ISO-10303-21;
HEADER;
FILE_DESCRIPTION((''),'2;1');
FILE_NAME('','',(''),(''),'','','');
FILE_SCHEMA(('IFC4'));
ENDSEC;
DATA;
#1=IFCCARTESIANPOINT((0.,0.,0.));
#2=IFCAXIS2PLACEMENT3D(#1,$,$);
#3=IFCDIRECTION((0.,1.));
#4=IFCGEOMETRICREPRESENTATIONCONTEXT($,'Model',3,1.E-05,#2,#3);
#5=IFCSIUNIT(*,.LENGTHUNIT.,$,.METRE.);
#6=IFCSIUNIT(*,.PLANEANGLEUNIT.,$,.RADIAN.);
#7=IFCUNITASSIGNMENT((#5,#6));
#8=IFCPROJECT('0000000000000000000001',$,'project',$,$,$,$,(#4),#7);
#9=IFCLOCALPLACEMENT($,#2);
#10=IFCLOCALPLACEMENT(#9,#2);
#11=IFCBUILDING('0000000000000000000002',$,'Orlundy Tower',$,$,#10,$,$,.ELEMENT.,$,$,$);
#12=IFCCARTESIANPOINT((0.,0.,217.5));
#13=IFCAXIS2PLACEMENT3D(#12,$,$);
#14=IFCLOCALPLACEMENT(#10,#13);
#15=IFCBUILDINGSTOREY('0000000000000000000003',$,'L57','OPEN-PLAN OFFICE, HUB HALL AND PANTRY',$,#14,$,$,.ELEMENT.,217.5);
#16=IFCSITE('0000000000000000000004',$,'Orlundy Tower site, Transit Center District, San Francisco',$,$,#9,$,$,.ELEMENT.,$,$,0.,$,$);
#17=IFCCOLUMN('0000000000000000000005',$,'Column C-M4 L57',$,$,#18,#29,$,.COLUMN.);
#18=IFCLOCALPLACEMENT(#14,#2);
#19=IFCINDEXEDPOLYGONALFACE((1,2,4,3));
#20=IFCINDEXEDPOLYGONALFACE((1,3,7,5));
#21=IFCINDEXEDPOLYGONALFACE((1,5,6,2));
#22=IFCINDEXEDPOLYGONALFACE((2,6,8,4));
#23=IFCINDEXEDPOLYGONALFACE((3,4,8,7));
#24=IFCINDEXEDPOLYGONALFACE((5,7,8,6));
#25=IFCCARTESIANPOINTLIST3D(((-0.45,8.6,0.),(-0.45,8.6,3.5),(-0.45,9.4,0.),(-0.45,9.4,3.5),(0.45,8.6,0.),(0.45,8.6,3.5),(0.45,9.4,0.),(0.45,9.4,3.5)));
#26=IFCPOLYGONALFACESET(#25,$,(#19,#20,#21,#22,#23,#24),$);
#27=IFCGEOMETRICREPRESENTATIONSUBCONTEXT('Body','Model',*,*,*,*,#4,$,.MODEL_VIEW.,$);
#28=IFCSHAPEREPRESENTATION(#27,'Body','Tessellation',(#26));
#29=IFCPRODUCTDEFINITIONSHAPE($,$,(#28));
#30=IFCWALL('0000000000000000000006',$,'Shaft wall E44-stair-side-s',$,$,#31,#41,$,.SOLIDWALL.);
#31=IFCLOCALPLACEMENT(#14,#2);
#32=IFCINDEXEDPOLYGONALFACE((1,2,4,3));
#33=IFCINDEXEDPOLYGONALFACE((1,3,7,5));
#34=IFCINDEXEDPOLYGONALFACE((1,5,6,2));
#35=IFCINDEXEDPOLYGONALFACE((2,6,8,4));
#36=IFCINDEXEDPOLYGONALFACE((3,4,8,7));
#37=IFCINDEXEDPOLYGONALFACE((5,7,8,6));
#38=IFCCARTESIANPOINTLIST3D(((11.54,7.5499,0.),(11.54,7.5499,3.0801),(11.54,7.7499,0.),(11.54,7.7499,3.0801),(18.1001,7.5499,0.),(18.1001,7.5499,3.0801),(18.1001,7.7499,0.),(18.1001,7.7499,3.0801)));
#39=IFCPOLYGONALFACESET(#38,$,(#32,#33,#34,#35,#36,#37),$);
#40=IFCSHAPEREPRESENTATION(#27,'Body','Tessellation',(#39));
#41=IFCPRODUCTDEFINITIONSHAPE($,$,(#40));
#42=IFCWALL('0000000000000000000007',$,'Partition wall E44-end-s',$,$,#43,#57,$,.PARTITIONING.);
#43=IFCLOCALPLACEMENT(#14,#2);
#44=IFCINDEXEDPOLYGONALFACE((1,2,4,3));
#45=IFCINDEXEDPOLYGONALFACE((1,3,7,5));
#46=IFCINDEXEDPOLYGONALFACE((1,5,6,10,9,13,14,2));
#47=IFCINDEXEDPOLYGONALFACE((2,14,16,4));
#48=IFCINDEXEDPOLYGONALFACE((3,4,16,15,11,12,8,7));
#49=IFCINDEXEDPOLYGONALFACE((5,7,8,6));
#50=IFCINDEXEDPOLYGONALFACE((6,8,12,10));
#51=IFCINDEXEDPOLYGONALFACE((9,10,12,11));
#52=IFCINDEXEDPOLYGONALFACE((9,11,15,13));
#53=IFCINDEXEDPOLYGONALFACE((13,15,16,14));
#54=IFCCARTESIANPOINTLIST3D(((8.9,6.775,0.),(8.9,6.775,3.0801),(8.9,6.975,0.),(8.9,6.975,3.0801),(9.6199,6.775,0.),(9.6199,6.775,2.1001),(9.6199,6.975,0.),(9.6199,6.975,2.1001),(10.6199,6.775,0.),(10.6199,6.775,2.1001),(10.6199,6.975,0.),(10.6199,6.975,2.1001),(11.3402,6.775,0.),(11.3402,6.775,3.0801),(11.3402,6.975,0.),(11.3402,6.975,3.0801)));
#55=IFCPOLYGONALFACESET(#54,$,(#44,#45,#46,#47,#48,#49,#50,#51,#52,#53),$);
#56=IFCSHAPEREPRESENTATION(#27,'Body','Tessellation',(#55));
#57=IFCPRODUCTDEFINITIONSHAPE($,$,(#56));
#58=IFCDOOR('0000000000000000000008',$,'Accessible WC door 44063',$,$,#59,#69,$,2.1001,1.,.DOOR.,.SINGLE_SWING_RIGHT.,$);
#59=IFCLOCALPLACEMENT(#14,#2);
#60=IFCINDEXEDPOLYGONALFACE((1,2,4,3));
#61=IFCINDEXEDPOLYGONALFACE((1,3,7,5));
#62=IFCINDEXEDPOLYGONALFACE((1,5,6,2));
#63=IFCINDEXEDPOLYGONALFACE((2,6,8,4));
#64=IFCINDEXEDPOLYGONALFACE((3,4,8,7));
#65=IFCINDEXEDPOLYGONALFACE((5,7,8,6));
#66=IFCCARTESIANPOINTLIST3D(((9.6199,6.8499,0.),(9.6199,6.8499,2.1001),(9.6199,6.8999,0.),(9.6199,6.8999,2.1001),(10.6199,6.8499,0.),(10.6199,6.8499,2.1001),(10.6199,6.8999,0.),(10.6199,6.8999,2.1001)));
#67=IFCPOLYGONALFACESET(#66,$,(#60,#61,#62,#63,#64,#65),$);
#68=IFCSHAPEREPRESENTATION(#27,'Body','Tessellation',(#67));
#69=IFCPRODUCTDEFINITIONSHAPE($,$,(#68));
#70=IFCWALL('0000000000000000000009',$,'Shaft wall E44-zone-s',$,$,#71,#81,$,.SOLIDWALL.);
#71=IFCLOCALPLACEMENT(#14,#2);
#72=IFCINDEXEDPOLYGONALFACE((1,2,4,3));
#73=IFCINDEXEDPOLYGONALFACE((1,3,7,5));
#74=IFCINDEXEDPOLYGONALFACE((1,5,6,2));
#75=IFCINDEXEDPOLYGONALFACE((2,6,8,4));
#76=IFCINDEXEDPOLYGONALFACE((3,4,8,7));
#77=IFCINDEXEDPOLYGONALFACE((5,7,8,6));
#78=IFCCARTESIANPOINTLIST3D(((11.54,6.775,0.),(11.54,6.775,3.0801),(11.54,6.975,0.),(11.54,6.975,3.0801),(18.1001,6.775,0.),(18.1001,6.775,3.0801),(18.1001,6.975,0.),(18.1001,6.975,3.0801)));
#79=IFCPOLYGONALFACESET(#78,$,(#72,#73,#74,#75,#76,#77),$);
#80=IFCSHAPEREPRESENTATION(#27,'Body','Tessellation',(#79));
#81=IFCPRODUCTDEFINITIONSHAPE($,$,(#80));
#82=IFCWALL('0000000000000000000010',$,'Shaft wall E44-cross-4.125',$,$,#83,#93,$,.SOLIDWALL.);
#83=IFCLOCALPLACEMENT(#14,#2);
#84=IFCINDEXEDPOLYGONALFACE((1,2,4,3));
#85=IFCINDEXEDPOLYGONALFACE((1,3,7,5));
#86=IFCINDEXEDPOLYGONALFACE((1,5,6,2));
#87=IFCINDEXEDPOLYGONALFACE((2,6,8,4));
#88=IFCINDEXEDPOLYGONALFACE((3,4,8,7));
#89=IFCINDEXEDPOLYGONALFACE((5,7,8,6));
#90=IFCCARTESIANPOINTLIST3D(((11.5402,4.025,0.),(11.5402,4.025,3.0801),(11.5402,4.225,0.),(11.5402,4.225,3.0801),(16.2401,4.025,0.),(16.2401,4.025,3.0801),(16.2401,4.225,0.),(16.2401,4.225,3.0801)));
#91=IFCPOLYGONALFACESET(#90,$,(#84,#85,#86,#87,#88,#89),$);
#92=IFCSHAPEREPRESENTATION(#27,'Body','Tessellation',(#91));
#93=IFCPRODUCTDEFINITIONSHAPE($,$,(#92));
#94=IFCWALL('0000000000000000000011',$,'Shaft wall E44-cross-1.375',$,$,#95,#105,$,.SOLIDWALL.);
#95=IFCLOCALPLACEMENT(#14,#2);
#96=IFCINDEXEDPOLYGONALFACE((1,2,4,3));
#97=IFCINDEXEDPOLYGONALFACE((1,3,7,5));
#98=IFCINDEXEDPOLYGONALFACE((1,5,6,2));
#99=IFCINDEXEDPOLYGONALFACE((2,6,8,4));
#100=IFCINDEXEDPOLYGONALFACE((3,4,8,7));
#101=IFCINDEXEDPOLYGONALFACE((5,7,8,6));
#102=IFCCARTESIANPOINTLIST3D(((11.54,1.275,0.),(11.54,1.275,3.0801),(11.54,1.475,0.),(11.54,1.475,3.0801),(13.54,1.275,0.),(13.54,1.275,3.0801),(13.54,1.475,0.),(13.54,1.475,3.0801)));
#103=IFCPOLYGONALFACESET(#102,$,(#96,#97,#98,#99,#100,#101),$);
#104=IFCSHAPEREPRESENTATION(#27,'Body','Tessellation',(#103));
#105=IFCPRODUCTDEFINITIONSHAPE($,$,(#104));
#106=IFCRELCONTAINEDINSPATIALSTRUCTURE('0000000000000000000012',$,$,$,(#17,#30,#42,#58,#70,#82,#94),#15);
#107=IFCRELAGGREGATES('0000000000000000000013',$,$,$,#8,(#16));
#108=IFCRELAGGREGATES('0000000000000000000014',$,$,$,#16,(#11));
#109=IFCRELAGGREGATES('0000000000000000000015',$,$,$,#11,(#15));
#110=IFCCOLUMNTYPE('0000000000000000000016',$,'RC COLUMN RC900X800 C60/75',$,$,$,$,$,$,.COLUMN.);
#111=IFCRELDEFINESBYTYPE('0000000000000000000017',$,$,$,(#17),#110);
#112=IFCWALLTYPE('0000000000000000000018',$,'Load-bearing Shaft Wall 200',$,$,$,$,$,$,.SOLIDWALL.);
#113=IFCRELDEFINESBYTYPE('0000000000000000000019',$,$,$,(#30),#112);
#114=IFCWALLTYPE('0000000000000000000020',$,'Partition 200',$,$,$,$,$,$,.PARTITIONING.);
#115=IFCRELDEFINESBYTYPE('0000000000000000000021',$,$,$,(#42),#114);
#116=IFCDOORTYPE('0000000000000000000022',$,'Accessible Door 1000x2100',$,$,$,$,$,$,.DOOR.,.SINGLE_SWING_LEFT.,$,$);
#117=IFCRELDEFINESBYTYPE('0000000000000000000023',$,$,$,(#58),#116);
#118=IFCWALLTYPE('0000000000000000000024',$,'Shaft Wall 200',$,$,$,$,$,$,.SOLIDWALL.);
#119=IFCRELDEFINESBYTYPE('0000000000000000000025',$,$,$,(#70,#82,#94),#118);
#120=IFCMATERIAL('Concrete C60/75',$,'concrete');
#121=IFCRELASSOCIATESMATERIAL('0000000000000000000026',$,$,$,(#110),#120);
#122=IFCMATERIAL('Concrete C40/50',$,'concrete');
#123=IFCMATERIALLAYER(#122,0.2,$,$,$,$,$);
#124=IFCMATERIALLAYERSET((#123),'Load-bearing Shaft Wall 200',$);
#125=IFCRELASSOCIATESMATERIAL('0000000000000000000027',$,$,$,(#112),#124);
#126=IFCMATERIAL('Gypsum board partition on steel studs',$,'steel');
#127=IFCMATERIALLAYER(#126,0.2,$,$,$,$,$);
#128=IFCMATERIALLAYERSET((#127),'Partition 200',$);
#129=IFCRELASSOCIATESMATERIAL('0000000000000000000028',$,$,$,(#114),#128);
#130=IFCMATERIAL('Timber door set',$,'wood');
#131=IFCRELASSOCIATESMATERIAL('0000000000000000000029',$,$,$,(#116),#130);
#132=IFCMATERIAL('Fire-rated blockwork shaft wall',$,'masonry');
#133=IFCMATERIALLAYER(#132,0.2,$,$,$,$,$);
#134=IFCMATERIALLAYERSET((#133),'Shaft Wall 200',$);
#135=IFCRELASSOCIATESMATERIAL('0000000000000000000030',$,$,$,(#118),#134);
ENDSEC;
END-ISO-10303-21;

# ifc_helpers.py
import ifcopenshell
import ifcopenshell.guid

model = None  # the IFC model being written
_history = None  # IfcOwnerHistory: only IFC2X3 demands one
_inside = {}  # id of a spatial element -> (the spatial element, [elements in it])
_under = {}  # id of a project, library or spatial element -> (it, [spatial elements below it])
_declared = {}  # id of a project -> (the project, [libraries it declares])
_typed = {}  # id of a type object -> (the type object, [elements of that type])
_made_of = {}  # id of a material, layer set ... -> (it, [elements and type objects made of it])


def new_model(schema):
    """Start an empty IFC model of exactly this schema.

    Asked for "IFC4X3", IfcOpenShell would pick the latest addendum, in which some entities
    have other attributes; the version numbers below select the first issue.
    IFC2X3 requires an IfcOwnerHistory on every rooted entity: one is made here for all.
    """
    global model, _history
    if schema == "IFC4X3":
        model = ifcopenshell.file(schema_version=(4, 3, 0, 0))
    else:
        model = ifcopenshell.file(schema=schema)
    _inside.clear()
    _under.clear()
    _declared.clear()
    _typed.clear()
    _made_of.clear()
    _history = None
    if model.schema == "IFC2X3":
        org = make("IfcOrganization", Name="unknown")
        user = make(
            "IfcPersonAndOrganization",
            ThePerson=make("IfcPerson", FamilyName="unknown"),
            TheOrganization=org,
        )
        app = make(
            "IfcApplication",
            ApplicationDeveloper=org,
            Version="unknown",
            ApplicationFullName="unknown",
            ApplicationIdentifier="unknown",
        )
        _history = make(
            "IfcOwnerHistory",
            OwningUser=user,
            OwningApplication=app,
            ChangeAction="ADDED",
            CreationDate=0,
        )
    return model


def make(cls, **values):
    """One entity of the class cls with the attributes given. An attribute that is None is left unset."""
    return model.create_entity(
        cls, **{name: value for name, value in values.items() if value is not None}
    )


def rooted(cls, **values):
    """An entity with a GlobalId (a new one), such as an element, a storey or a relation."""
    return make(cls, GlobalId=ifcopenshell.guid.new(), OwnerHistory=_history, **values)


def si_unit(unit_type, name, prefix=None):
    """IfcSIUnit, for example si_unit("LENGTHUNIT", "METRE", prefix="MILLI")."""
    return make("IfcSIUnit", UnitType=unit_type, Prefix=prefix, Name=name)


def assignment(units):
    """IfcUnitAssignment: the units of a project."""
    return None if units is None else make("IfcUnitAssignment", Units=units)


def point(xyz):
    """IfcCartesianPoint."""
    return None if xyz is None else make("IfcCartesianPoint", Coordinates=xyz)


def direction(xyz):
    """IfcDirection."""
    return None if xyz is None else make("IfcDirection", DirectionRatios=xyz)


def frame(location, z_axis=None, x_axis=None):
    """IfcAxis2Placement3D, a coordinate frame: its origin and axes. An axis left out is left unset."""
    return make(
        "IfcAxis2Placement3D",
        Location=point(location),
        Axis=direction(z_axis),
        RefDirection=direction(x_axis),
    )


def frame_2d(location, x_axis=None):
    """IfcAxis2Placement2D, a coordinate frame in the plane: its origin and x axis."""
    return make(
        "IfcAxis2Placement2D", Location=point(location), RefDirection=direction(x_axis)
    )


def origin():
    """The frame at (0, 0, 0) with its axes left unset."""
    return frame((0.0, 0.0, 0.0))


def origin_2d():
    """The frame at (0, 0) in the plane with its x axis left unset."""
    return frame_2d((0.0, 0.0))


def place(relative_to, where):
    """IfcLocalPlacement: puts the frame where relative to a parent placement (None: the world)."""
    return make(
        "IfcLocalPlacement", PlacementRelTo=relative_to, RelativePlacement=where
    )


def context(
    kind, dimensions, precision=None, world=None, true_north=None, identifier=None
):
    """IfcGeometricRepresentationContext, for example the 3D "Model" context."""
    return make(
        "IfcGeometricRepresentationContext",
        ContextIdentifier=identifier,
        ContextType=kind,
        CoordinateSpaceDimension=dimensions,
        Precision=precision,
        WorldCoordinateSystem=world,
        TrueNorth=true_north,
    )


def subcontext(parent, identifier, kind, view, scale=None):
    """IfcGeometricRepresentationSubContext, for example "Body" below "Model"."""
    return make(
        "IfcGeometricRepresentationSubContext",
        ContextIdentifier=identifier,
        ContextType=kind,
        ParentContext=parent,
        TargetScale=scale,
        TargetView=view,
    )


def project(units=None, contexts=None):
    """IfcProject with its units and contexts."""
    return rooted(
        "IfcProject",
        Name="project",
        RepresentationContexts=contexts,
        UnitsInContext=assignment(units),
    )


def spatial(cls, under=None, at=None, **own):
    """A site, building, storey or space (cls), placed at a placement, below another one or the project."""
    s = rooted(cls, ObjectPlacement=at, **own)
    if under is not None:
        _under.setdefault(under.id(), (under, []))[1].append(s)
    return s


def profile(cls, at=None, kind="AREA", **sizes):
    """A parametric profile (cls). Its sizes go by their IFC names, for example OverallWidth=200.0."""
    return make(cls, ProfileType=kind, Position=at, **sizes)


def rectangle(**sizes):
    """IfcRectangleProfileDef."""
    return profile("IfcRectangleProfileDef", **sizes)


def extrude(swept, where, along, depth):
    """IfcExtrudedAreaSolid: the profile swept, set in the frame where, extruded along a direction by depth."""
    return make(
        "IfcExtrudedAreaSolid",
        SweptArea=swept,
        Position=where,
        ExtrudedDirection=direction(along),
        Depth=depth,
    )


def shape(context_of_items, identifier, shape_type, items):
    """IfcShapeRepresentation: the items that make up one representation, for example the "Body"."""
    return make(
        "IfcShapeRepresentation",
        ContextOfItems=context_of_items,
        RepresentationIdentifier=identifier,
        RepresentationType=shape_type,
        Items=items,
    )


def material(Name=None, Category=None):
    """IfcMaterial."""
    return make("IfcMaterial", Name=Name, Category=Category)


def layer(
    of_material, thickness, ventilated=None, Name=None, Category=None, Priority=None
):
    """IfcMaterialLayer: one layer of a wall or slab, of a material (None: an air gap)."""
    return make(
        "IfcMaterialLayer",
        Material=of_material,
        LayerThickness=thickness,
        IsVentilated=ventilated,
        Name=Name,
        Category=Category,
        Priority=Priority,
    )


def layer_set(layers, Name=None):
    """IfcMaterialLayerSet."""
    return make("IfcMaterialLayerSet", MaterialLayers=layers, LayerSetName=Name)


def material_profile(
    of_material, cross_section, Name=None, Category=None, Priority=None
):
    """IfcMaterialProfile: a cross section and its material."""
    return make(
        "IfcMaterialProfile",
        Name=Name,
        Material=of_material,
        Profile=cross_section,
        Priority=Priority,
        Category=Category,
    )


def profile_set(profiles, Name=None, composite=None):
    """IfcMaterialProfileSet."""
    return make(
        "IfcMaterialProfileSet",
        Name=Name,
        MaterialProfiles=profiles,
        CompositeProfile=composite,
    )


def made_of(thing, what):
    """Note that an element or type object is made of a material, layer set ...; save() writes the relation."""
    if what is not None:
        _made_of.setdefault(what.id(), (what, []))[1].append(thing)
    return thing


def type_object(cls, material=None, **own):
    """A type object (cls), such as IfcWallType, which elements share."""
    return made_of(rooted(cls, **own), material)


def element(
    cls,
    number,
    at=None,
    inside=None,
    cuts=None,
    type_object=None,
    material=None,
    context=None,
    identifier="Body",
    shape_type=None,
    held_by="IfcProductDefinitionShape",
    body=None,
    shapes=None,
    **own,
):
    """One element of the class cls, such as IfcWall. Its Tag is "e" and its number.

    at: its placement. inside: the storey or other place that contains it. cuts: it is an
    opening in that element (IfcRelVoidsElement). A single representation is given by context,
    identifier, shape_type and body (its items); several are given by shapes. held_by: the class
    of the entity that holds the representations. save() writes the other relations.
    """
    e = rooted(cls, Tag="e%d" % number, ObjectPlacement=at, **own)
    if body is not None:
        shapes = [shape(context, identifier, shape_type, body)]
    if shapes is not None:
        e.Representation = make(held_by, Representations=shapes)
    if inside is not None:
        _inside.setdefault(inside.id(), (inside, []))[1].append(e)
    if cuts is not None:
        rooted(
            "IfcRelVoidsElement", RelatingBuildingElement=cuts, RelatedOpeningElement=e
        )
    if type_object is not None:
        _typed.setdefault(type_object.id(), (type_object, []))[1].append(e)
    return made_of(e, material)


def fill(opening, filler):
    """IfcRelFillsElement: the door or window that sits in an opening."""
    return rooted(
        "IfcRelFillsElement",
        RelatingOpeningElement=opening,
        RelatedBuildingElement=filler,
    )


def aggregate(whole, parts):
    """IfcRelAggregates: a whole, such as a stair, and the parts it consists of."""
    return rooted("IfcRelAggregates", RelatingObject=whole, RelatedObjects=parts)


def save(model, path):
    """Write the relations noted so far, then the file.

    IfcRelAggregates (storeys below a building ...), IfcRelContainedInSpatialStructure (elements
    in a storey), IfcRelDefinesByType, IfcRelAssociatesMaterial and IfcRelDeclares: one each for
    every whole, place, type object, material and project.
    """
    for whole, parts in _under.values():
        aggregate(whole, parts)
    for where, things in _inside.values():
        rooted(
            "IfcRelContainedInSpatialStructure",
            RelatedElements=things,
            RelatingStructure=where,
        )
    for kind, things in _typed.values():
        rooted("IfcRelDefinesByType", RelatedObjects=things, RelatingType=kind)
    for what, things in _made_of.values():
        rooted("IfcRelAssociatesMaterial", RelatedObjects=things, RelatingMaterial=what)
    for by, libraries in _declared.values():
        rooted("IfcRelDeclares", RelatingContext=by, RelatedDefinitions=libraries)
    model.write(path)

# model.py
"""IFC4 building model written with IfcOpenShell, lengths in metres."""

from ifc_helpers import new_model, si_unit, direction, frame, frame_2d, origin, origin_2d, place, context, subcontext, project, spatial, rectangle, extrude, material, layer, layer_set, material_profile, profile_set, type_object, element, fill, save


model = new_model("IFC4")

# Units and contexts
model_context = context("Model", 3, precision=1e-05, world=origin(), true_north=direction((0.0, 1.0)))
body_context = subcontext(model_context, "Body", "Model", "MODEL_VIEW")
ifc_project = project(units=[si_unit("LENGTHUNIT", "METRE"), si_unit("PLANEANGLEUNIT", "RADIAN")], contexts=[model_context])

# Site, building, storey
site_placement = place(None, origin())
site = spatial("IfcSite", under=ifc_project, at=site_placement, Name="Orlundy Tower site, Transit Center District, San Francisco", CompositionType="ELEMENT", RefElevation=0.0)
building_placement = place(site_placement, origin())
building = spatial("IfcBuilding", under=site, at=building_placement, Name="Orlundy Tower", CompositionType="ELEMENT")
storey_placement = place(building_placement, frame((0.0, 0.0, 217.5)))
storey = spatial("IfcBuildingStorey", under=building, at=storey_placement, Name="L57", Description="OPEN-PLAN OFFICE, HUB HALL AND PANTRY", CompositionType="ELEMENT", Elevation=217.5)

# Column
ifc_material_1 = material(Name="Concrete C60/75", Category="concrete")
ifc_material_profile = material_profile(ifc_material_1, rectangle(XDim=0.8999, YDim=0.8, at=origin_2d()), Name="RC900X800")
ifc_profile_set = profile_set([ifc_material_profile], Name="Concrete C60/75")
column_type = type_object("IfcColumnType", Name="RC COLUMN RC900X800 C60/75", PredefinedType="COLUMN", material=ifc_profile_set)
column_placement = place(storey_placement, frame((0.0, 9.0, 0.0), z_axis=(0.0, 0.0, 1.0), x_axis=(1.0, 0.0, 0.0)))
element("IfcColumn", 1, at=column_placement, inside=storey, type_object=column_type, Name="Column C-M4 L57", PredefinedType="COLUMN", context=body_context, shape_type="SweptSolid", body=[
    extrude(rectangle(XDim=0.8999, YDim=0.8, at=origin_2d()), origin(), (0.0, 0.0, 1.0), 3.5),
])

# Wall
ifc_material_2 = material(Name="Concrete C40/50", Category="concrete")
ifc_layer_1 = layer(ifc_material_2, 0.2)
ifc_layer_set_1 = layer_set([ifc_layer_1], Name="Load-bearing Shaft Wall 200")
wall_type_1 = type_object("IfcWallType", Name="Load-bearing Shaft Wall 200", PredefinedType="SOLIDWALL", material=ifc_layer_set_1)
wall_1_placement = place(storey_placement, frame((11.54, 7.6499, 0.0), z_axis=(0.0, 0.0, 1.0), x_axis=(1.0, 0.0, 0.0)))
element("IfcWall", 2, at=wall_1_placement, inside=storey, type_object=wall_type_1, Name="Shaft wall E44-stair-side-s", PredefinedType="SOLIDWALL", context=body_context, shape_type="SweptSolid", body=[
    extrude(rectangle(XDim=6.5601, YDim=0.2, at=frame_2d((3.28, 0.0))), origin(), (0.0, 0.0, 1.0), 3.0801),
])

# Wall, opening, door
ifc_material_3 = material(Name="Gypsum board partition on steel studs", Category="steel")
ifc_layer_2 = layer(ifc_material_3, 0.2)
ifc_layer_set_2 = layer_set([ifc_layer_2], Name="Partition 200")
wall_type_2 = type_object("IfcWallType", Name="Partition 200", PredefinedType="PARTITIONING", material=ifc_layer_set_2)
wall_2_placement = place(storey_placement, frame((8.8999, 6.875, 0.0), z_axis=(0.0, 0.0, 1.0), x_axis=(1.0, 0.0, 0.0)))
wall_2 = element("IfcWall", 3, at=wall_2_placement, inside=storey, type_object=wall_type_2, Name="Partition wall E44-end-s", PredefinedType="PARTITIONING", context=body_context, shape_type="SweptSolid", body=[
    extrude(rectangle(XDim=2.4402, YDim=0.2, at=frame_2d((1.2202, 0.0))), origin(), (0.0, 0.0, 1.0), 3.0801),
])
opening_1_placement = place(wall_2_placement, frame((0.72, 0.0, 0.0)))
opening_1 = element("IfcOpeningElement", 4, at=opening_1_placement, cuts=wall_2, PredefinedType="OPENING", context=body_context, shape_type="SweptSolid", body=[
    extrude(rectangle(XDim=1.0, YDim=2.1001, at=frame_2d((0.5, 1.05))), frame((0.0, 0.1101, 0.0), z_axis=(0.0, -1.0, 0.0), x_axis=(1.0, 0.0, 0.0)), (0.0, 0.0, 1.0), 0.2202),
])
ifc_material_4 = material(Name="Timber door set", Category="wood")
door_type_1 = type_object("IfcDoorType", Name="Accessible Door 1000x2100", OperationType="SINGLE_SWING_LEFT", PredefinedType="DOOR", material=ifc_material_4)
door_1_placement = place(opening_1_placement, origin())
door_1 = element("IfcDoor", 5, at=door_1_placement, inside=storey, type_object=door_type_1, Name="Accessible WC door 44063", OperationType="SINGLE_SWING_RIGHT", OverallHeight=2.1001, OverallWidth=1.0, PredefinedType="DOOR", context=body_context, shape_type="SweptSolid", body=[
    extrude(rectangle(XDim=1.0, YDim=2.1001, at=frame_2d((0.5, 1.05))), frame((0.0, 0.0249, 0.0), z_axis=(0.0, -1.0, 0.0), x_axis=(1.0, 0.0, 0.0)), (0.0, 0.0, 1.0), 0.05),
])
fill(opening_1, door_1)

# Walls
ifc_material_5 = material(Name="Fire-rated blockwork shaft wall", Category="masonry")
ifc_layer_3 = layer(ifc_material_5, 0.2)
ifc_layer_set_3 = layer_set([ifc_layer_3], Name="Shaft Wall 200")
wall_type_3 = type_object("IfcWallType", Name="Shaft Wall 200", PredefinedType="SOLIDWALL", material=ifc_layer_set_3)
wall_3_placement = place(storey_placement, frame((11.54, 6.875, 0.0), z_axis=(0.0, 0.0, 1.0), x_axis=(1.0, 0.0, 0.0)))
element("IfcWall", 6, at=wall_3_placement, inside=storey, type_object=wall_type_3, Name="Shaft wall E44-zone-s", PredefinedType="SOLIDWALL", context=body_context, shape_type="SweptSolid", body=[
    extrude(rectangle(XDim=6.5601, YDim=0.2, at=frame_2d((3.28, 0.0))), origin(), (0.0, 0.0, 1.0), 3.0801),
])
wall_4_placement = place(storey_placement, frame((11.54, 4.125, 0.0), z_axis=(0.0, 0.0, 1.0), x_axis=(1.0, 0.0, 0.0)))
element("IfcWall", 7, at=wall_4_placement, inside=storey, type_object=wall_type_3, Name="Shaft wall E44-cross-4.125", PredefinedType="SOLIDWALL", context=body_context, shape_type="SweptSolid", body=[
    extrude(rectangle(XDim=4.7, YDim=0.2, at=frame_2d((2.3501, 0.0))), origin(), (0.0, 0.0, 1.0), 3.0801),
])
wall_5_placement = place(storey_placement, frame((11.54, 1.375, 0.0), z_axis=(0.0, 0.0, 1.0), x_axis=(1.0, 0.0, 0.0)))
element("IfcWall", 8, at=wall_5_placement, inside=storey, type_object=wall_type_3, Name="Shaft wall E44-cross-1.375", PredefinedType="SOLIDWALL", context=body_context, shape_type="SweptSolid", body=[
    extrude(rectangle(XDim=2.0, YDim=0.2, at=frame_2d((1.0, 0.0))), origin(), (0.0, 0.0, 1.0), 3.0801),
])

save(model, "model.ifc")
